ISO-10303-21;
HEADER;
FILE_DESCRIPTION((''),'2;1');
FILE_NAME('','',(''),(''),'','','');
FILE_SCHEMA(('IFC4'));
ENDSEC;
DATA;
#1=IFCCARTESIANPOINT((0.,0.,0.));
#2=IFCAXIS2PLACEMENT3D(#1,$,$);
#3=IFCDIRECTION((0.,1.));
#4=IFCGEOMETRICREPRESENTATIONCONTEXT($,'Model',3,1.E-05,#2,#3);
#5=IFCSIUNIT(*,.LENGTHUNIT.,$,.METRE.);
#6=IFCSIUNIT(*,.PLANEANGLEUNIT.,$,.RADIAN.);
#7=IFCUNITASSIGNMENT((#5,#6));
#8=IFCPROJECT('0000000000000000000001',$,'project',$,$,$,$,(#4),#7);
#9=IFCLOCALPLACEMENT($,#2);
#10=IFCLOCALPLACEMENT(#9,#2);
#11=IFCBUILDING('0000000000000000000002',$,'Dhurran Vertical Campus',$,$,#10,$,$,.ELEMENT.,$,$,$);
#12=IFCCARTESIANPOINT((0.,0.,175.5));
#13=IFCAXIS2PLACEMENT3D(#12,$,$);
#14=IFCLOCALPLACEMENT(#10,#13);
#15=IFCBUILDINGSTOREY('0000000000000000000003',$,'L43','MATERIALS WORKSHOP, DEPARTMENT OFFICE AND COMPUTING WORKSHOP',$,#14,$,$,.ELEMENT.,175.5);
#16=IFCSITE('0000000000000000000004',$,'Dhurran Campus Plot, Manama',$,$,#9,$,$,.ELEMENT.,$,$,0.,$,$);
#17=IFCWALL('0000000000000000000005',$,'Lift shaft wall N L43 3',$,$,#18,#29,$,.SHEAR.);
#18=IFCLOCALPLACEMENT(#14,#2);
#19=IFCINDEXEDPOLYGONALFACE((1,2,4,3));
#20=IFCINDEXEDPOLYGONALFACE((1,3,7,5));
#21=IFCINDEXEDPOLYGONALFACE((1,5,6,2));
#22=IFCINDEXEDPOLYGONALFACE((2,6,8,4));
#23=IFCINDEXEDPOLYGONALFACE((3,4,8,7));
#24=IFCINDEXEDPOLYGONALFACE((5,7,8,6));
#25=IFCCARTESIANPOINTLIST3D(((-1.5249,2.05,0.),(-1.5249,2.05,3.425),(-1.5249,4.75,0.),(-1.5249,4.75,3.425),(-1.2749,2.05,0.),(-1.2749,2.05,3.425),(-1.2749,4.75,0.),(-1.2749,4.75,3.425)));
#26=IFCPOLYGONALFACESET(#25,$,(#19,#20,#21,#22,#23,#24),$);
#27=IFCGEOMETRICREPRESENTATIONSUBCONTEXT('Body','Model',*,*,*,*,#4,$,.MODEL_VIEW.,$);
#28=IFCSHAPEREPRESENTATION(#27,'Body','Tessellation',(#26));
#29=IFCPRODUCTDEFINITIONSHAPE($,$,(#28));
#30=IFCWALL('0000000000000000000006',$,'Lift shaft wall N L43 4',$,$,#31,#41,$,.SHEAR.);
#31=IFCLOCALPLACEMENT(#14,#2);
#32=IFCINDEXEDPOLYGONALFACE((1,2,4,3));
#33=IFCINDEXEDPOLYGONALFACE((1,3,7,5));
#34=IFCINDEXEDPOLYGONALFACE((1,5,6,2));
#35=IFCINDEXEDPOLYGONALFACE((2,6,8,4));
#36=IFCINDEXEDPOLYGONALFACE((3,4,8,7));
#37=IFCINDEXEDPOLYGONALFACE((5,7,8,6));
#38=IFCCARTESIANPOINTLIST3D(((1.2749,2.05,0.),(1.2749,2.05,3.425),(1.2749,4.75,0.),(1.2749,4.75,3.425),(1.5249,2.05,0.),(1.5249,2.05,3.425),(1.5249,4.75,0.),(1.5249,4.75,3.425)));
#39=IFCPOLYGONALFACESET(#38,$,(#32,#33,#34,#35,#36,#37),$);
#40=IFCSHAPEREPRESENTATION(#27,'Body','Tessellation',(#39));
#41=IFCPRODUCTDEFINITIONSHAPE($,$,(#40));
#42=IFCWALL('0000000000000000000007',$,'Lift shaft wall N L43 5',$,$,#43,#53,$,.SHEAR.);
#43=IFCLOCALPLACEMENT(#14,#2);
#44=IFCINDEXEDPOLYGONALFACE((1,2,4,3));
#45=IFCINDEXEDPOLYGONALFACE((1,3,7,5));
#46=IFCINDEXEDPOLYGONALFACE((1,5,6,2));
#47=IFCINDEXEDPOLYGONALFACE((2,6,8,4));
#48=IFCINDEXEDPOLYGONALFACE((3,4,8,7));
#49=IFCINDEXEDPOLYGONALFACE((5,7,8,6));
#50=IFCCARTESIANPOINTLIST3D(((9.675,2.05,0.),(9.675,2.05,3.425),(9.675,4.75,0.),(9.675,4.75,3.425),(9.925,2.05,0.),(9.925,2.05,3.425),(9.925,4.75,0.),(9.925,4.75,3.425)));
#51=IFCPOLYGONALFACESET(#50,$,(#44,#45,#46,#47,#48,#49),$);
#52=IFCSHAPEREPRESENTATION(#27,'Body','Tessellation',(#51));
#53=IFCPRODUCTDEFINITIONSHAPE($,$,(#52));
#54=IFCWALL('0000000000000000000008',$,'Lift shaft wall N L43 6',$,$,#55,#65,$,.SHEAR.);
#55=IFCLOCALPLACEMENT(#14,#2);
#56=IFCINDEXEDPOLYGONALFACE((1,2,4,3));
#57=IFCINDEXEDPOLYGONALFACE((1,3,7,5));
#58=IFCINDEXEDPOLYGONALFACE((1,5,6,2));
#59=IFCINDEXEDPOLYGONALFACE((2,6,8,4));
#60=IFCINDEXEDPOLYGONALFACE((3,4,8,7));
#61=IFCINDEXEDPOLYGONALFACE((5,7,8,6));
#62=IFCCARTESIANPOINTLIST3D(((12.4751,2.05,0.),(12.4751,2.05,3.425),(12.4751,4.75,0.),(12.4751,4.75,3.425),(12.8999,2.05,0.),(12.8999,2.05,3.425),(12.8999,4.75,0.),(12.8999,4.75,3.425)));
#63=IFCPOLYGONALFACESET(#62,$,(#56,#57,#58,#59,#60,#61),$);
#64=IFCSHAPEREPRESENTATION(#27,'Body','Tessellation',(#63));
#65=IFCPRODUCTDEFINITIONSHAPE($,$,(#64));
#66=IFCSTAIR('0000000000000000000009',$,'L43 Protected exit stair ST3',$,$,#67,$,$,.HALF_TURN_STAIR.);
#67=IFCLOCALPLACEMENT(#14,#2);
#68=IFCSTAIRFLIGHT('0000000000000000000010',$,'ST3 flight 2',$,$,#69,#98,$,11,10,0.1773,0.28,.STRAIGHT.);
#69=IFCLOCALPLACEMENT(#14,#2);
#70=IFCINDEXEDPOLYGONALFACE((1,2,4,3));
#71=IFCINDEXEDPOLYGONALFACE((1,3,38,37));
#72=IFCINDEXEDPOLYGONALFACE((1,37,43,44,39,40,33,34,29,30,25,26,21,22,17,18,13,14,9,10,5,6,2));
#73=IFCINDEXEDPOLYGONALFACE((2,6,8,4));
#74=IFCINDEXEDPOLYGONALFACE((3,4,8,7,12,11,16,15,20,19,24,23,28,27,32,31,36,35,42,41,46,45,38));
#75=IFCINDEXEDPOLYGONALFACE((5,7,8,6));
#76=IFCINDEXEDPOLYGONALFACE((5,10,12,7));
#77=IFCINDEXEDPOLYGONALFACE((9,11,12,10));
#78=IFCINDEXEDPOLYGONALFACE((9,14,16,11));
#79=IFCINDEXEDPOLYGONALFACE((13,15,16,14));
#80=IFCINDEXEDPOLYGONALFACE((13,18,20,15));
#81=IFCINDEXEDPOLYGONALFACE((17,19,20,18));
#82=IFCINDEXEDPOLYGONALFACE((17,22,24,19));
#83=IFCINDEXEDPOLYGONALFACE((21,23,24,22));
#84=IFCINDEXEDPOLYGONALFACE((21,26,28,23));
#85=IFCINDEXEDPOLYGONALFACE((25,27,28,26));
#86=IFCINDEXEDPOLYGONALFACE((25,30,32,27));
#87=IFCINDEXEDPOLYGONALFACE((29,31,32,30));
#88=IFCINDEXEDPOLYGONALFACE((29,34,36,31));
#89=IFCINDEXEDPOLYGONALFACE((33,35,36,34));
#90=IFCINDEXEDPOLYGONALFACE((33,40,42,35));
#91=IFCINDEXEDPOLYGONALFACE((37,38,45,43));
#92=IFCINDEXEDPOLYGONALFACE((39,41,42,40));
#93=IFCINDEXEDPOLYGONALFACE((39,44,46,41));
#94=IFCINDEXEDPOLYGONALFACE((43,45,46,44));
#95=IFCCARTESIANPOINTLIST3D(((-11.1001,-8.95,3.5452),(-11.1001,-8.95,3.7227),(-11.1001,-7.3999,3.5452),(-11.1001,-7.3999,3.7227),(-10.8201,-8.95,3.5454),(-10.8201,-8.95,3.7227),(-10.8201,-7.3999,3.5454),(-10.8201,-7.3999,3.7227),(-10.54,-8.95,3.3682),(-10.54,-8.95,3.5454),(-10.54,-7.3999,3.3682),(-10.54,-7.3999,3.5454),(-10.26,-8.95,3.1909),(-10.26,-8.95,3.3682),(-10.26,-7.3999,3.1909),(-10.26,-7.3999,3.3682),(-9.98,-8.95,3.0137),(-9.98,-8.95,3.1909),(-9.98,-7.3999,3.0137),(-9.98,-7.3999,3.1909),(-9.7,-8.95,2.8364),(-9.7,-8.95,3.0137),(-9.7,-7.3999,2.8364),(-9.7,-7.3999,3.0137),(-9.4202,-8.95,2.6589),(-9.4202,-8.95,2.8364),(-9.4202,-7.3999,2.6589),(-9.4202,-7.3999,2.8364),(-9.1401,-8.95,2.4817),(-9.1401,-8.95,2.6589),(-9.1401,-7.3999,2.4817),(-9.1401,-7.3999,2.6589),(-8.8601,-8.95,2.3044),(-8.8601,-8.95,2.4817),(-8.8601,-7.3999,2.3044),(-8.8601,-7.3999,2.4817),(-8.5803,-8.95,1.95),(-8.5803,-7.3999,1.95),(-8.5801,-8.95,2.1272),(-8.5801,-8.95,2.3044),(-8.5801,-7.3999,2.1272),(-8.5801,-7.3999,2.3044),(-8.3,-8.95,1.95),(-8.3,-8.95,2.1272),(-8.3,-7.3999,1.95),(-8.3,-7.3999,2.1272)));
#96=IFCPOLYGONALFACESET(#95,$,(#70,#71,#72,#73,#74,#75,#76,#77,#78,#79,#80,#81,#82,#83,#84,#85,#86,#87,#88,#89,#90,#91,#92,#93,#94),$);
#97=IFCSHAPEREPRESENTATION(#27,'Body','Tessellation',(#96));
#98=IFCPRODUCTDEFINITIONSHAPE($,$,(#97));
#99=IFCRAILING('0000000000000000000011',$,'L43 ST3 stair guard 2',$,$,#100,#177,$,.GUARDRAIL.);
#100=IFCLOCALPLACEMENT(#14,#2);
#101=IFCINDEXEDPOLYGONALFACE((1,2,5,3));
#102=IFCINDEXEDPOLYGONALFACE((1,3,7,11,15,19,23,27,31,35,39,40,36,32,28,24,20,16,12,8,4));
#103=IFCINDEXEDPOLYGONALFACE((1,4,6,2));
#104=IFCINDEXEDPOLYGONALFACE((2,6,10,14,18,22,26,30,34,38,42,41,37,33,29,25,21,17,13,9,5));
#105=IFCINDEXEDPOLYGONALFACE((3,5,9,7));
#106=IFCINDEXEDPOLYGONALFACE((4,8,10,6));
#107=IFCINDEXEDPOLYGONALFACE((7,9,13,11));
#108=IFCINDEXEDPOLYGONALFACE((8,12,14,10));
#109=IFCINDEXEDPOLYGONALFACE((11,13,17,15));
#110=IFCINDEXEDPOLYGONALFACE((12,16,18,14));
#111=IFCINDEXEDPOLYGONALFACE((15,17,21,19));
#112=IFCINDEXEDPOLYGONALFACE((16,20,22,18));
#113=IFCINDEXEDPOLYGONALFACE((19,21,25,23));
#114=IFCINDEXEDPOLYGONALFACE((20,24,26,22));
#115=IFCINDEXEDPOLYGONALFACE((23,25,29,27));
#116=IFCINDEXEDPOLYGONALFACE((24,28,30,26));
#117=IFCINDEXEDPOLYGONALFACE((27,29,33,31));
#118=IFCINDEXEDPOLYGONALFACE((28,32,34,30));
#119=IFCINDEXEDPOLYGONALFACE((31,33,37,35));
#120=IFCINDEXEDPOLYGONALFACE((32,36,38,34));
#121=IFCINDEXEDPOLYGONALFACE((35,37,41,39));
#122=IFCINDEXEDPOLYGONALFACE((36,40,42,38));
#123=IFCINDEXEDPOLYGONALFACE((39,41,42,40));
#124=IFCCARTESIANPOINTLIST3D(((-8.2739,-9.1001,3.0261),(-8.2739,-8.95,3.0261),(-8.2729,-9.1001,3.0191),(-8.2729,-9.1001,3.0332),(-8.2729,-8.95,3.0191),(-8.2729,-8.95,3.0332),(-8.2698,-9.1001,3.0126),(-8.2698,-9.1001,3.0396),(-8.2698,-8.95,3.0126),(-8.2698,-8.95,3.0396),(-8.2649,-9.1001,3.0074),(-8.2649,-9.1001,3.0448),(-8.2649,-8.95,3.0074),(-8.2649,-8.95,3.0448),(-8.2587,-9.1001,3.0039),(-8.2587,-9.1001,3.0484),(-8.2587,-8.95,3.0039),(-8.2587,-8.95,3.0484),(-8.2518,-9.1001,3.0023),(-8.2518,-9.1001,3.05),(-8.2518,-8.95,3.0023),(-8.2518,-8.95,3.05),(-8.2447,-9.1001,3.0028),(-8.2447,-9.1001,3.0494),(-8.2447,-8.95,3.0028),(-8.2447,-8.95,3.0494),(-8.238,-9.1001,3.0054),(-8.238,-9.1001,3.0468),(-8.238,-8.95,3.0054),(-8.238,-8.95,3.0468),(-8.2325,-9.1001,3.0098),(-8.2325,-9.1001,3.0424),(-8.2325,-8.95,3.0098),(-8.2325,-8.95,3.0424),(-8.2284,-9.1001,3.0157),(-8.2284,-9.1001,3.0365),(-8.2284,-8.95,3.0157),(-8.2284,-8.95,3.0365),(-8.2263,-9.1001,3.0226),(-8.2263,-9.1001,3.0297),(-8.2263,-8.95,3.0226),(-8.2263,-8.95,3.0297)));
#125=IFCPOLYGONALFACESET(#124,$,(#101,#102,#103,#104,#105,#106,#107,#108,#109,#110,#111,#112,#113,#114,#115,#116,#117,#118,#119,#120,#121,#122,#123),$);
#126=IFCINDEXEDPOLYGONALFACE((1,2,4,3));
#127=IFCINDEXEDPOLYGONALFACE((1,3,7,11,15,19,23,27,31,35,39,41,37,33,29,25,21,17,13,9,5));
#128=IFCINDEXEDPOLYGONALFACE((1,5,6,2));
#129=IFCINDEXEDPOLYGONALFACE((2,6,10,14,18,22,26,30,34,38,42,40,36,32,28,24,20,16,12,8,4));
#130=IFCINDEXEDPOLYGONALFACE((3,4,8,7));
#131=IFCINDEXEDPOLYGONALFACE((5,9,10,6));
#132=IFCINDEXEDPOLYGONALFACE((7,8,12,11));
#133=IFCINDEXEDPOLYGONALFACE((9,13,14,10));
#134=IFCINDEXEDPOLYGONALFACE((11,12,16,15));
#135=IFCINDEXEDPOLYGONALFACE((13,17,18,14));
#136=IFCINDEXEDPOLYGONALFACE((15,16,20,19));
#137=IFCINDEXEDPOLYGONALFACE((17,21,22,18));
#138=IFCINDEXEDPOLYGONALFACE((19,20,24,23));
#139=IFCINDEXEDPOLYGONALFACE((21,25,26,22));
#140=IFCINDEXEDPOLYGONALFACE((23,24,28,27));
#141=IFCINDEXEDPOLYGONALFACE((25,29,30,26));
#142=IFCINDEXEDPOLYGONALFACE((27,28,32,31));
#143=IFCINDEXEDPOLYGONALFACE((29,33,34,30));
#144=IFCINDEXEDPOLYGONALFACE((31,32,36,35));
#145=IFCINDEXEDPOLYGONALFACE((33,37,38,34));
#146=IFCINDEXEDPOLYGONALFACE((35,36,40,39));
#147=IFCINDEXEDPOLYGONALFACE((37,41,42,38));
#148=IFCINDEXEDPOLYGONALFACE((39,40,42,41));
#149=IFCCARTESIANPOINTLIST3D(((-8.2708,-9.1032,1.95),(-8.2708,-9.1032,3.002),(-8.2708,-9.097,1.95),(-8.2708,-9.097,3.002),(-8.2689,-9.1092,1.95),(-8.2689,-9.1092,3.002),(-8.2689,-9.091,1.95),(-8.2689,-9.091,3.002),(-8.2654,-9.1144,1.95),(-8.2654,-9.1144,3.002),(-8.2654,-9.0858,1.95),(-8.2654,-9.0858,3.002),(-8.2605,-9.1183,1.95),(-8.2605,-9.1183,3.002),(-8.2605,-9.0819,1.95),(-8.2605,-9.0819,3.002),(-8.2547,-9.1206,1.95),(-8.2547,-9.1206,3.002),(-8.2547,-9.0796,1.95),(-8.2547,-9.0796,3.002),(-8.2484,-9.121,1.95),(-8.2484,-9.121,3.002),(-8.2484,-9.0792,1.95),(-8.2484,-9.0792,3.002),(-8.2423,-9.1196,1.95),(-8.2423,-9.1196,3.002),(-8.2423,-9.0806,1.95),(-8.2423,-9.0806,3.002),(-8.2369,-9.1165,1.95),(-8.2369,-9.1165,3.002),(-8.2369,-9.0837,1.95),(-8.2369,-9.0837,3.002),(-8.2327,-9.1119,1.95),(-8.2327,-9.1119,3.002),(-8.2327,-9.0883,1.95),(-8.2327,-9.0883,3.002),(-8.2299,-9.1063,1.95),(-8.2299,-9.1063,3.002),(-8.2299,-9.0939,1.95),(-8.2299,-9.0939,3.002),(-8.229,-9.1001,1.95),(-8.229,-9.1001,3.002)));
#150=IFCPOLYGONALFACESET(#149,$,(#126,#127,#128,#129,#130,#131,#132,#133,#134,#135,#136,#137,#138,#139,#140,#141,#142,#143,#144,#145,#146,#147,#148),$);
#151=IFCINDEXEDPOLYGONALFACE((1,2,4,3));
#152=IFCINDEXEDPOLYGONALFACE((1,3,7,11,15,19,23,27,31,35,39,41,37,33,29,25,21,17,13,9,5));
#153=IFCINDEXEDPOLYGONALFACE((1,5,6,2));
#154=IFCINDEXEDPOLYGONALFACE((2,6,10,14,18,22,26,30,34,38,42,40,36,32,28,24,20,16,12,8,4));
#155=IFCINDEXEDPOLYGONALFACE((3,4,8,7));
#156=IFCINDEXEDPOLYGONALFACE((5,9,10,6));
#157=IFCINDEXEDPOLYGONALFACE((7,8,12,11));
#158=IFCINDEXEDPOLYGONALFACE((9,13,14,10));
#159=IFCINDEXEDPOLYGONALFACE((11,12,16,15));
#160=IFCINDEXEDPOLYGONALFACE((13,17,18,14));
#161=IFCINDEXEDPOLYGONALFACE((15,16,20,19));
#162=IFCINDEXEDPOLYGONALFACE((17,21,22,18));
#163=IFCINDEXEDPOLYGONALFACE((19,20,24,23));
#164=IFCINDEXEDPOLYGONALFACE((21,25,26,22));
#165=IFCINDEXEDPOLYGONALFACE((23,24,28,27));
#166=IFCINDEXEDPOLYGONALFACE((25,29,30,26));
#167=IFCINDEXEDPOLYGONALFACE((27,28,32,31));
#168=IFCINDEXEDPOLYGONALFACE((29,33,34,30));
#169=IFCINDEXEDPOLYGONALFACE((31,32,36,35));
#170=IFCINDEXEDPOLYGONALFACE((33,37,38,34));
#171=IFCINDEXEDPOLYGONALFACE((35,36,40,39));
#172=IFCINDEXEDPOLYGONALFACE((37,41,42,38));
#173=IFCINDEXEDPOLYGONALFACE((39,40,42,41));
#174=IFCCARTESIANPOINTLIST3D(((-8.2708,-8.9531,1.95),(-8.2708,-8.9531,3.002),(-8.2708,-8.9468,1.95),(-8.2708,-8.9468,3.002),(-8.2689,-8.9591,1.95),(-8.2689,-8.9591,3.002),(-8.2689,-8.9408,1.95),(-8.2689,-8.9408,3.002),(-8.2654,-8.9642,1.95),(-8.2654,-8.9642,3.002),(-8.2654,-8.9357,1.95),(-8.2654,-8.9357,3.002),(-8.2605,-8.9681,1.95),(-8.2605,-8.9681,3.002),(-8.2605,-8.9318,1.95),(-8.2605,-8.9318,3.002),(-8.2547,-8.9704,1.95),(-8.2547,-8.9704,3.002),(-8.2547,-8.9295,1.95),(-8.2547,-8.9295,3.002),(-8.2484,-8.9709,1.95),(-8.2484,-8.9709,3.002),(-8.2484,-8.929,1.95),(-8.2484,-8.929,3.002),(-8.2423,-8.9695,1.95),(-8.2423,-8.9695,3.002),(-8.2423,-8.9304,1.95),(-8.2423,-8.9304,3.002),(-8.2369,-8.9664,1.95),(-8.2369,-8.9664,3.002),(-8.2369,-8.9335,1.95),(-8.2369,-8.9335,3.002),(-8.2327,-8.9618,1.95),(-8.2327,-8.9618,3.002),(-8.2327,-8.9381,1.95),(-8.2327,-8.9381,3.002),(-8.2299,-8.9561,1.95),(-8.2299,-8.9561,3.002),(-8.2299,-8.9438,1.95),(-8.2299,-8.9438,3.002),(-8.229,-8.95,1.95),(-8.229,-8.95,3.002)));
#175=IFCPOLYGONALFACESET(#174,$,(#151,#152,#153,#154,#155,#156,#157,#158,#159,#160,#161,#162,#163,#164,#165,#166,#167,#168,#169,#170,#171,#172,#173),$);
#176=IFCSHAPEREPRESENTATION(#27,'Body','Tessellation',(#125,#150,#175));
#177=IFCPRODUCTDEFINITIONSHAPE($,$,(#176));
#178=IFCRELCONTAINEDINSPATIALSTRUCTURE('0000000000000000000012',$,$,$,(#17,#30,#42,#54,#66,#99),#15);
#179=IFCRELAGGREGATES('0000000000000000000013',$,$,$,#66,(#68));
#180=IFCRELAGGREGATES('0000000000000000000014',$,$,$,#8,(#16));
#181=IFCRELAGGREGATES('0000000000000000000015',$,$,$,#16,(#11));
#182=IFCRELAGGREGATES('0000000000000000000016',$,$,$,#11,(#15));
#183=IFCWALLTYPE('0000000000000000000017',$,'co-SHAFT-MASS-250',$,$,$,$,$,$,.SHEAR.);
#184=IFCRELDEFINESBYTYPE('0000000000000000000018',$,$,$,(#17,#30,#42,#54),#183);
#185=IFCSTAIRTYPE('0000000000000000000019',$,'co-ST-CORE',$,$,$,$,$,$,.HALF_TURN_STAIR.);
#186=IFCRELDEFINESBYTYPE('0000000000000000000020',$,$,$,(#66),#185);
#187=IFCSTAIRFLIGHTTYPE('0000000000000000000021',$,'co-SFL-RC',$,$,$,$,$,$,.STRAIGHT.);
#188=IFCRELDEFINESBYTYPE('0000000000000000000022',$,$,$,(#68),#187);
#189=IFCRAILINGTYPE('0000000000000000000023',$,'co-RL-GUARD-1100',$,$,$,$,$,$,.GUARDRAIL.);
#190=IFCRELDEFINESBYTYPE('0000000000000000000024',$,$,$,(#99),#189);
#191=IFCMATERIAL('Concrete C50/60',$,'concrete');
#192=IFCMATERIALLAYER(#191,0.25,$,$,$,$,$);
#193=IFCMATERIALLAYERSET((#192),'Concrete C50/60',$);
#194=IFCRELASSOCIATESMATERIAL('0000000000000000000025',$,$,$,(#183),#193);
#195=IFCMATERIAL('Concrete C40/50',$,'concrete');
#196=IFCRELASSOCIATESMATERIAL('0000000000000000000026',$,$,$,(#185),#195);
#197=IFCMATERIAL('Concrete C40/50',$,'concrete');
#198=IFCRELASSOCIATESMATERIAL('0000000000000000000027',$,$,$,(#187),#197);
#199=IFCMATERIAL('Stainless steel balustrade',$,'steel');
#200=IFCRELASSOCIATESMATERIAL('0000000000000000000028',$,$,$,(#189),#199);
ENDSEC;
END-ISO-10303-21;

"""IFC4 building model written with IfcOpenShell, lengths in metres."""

from ifc_helpers import new_model, si_unit, direction, frame, origin, origin_2d, place, context, subcontext, project, spatial, polyline, circle, outline, extrude, material, layer, layer_set, type_object, element, aggregate, save


model = new_model("IFC4")

# Units and contexts
model_context = context("Model", 3, precision=1e-05, world=origin(), true_north=direction((0.0, 1.0)))
body_context = subcontext(model_context, "Body", "Model", "MODEL_VIEW")
ifc_project = project(units=[si_unit("LENGTHUNIT", "METRE"), si_unit("PLANEANGLEUNIT", "RADIAN")], contexts=[model_context])

# Site, building, storey
site_placement = place(None, origin())
site = spatial("IfcSite", under=ifc_project, at=site_placement, Name="Dhurran Campus Plot, Manama", CompositionType="ELEMENT", RefElevation=0.0)
building_placement = place(site_placement, origin())
building = spatial("IfcBuilding", under=site, at=building_placement, Name="Dhurran Vertical Campus", CompositionType="ELEMENT")
storey_placement = place(building_placement, frame((0.0, 0.0, 175.5)))
storey = spatial("IfcBuildingStorey", under=building, at=storey_placement, Name="L43", Description="MATERIALS WORKSHOP, DEPARTMENT OFFICE AND COMPUTING WORKSHOP", CompositionType="ELEMENT", Elevation=175.5)

# Walls
ifc_material_1 = material(Name="Concrete C50/60", Category="concrete")
ifc_layer_1 = layer(ifc_material_1, 0.25)
ifc_layer_set_1 = layer_set([ifc_layer_1], Name="Concrete C50/60")
wall_type_1 = type_object("IfcWallType", Name="co-SHAFT-MASS-250", PredefinedType="SHEAR", material=ifc_layer_set_1)
wall_1_placement = place(storey_placement, origin())
element("IfcWall", 1, at=wall_1_placement, inside=storey, type_object=wall_type_1, Name="Lift shaft wall N L43 3", PredefinedType="SHEAR", context=body_context, shape_type="SweptSolid", body=[
    extrude(outline(polyline([(-1.5249, 2.05), (-1.2749, 2.05), (-1.2749, 4.75), (-1.5249, 4.75), (-1.5249, 2.05)])), origin(), (0.0, 0.0, 1.0), 3.425),
])
wall_2_placement = place(storey_placement, origin())
element("IfcWall", 2, at=wall_2_placement, inside=storey, type_object=wall_type_1, Name="Lift shaft wall N L43 4", PredefinedType="SHEAR", context=body_context, shape_type="SweptSolid", body=[
    extrude(outline(polyline([(1.2749, 2.05), (1.5249, 2.05), (1.5249, 4.75), (1.2749, 4.75), (1.2749, 2.05)])), origin(), (0.0, 0.0, 1.0), 3.425),
])
wall_3_placement = place(storey_placement, origin())
element("IfcWall", 3, at=wall_3_placement, inside=storey, type_object=wall_type_1, Name="Lift shaft wall N L43 5", PredefinedType="SHEAR", context=body_context, shape_type="SweptSolid", body=[
    extrude(outline(polyline([(9.675, 2.05), (9.925, 2.05), (9.925, 4.75), (9.675, 4.75), (9.675, 2.05)])), origin(), (0.0, 0.0, 1.0), 3.425),
])
wall_4_placement = place(storey_placement, origin())
element("IfcWall", 4, at=wall_4_placement, inside=storey, type_object=wall_type_1, Name="Lift shaft wall N L43 6", PredefinedType="SHEAR", context=body_context, shape_type="SweptSolid", body=[
    extrude(outline(polyline([(12.4751, 2.05), (12.8999, 2.05), (12.8999, 4.75), (12.4751, 4.75), (12.4751, 2.05)])), origin(), (0.0, 0.0, 1.0), 3.425),
])

# Stair, stair flight
ifc_material_2 = material(Name="Concrete C40/50", Category="concrete")
stair_type = type_object("IfcStairType", Name="co-ST-CORE", PredefinedType="HALF_TURN_STAIR", material=ifc_material_2)
stair_placement = place(storey_placement, origin())
stair = element("IfcStair", 5, at=stair_placement, inside=storey, type_object=stair_type, Name="L43 Protected exit stair ST3", PredefinedType="HALF_TURN_STAIR")
ifc_material_3 = material(Name="Concrete C40/50", Category="concrete")
stair_flight_type = type_object("IfcStairFlightType", Name="co-SFL-RC", PredefinedType="STRAIGHT", material=ifc_material_3)
stair_flight_placement = place(storey_placement, frame((-8.3, -8.175, 1.95), z_axis=(0.0, 0.0, 1.0), x_axis=(-1.0, 0.0, 0.0)))
stair_flight = element("IfcStairFlight", 6, at=stair_flight_placement, type_object=stair_flight_type, Name="ST3 flight 2", NumberOfRisers=11, NumberOfTreads=10, PredefinedType="STRAIGHT", RiserHeight=0.1773, TreadLength=0.28, context=body_context, shape_type="SweptSolid", body=[
    extrude(outline(polyline([(0.0, 0.0), (0.0, 0.1772), (0.28, 0.1772), (0.28, 0.3545), (0.5601, 0.3545), (0.5601, 0.5317), (0.8401, 0.5317), (0.8401, 0.709), (1.1201, 0.709), (1.1201, 0.8865), (1.3999, 0.8865), (1.3999, 1.0637), (1.6799, 1.0637), (1.6799, 1.241), (1.96, 1.241), (1.96, 1.4182), (2.24, 1.4182), (2.24, 1.5955), (2.52, 1.5955), (2.52, 1.7727), (2.8, 1.7727), (2.8, 1.95), (2.8, 1.5952), (0.2803, 0.0), (0.0, 0.0)])), frame((0.0, 0.7749, 0.0), z_axis=(0.0, -1.0, 0.0), x_axis=(1.0, 0.0, 0.0)), (0.0, 0.0, 1.0), 1.55),
])
aggregate(stair, [stair_flight])

# Railing
ifc_material_4 = material(Name="Stainless steel balustrade", Category="steel")
railing_type_1 = type_object("IfcRailingType", Name="co-RL-GUARD-1100", PredefinedType="GUARDRAIL", material=ifc_material_4)
railing_1_placement = place(storey_placement, frame((-8.25, -9.1001, 1.95)))
element("IfcRailing", 7, at=railing_1_placement, inside=storey, type_object=railing_type_1, Name="L43 ST3 stair guard 2", PredefinedType="GUARDRAIL", context=body_context, shape_type="SweptSolid", body=[
    extrude(circle(Radius=0.0239, at=origin_2d()), frame((0.0, 0.0, 1.0762), z_axis=(0.0, 1.0, 0.0), x_axis=(-1.0, 0.0, 0.0)), (0.0, 0.0, 1.0), 0.1501),
    extrude(circle(Radius=0.021, at=origin_2d()), origin(), (0.0, 0.0, 1.0), 1.052),
    extrude(circle(Radius=0.021, at=origin_2d()), frame((0.0, 0.1501, 0.0)), (0.0, 0.0, 1.0), 1.052),
])

save(model, "model.ifc")
